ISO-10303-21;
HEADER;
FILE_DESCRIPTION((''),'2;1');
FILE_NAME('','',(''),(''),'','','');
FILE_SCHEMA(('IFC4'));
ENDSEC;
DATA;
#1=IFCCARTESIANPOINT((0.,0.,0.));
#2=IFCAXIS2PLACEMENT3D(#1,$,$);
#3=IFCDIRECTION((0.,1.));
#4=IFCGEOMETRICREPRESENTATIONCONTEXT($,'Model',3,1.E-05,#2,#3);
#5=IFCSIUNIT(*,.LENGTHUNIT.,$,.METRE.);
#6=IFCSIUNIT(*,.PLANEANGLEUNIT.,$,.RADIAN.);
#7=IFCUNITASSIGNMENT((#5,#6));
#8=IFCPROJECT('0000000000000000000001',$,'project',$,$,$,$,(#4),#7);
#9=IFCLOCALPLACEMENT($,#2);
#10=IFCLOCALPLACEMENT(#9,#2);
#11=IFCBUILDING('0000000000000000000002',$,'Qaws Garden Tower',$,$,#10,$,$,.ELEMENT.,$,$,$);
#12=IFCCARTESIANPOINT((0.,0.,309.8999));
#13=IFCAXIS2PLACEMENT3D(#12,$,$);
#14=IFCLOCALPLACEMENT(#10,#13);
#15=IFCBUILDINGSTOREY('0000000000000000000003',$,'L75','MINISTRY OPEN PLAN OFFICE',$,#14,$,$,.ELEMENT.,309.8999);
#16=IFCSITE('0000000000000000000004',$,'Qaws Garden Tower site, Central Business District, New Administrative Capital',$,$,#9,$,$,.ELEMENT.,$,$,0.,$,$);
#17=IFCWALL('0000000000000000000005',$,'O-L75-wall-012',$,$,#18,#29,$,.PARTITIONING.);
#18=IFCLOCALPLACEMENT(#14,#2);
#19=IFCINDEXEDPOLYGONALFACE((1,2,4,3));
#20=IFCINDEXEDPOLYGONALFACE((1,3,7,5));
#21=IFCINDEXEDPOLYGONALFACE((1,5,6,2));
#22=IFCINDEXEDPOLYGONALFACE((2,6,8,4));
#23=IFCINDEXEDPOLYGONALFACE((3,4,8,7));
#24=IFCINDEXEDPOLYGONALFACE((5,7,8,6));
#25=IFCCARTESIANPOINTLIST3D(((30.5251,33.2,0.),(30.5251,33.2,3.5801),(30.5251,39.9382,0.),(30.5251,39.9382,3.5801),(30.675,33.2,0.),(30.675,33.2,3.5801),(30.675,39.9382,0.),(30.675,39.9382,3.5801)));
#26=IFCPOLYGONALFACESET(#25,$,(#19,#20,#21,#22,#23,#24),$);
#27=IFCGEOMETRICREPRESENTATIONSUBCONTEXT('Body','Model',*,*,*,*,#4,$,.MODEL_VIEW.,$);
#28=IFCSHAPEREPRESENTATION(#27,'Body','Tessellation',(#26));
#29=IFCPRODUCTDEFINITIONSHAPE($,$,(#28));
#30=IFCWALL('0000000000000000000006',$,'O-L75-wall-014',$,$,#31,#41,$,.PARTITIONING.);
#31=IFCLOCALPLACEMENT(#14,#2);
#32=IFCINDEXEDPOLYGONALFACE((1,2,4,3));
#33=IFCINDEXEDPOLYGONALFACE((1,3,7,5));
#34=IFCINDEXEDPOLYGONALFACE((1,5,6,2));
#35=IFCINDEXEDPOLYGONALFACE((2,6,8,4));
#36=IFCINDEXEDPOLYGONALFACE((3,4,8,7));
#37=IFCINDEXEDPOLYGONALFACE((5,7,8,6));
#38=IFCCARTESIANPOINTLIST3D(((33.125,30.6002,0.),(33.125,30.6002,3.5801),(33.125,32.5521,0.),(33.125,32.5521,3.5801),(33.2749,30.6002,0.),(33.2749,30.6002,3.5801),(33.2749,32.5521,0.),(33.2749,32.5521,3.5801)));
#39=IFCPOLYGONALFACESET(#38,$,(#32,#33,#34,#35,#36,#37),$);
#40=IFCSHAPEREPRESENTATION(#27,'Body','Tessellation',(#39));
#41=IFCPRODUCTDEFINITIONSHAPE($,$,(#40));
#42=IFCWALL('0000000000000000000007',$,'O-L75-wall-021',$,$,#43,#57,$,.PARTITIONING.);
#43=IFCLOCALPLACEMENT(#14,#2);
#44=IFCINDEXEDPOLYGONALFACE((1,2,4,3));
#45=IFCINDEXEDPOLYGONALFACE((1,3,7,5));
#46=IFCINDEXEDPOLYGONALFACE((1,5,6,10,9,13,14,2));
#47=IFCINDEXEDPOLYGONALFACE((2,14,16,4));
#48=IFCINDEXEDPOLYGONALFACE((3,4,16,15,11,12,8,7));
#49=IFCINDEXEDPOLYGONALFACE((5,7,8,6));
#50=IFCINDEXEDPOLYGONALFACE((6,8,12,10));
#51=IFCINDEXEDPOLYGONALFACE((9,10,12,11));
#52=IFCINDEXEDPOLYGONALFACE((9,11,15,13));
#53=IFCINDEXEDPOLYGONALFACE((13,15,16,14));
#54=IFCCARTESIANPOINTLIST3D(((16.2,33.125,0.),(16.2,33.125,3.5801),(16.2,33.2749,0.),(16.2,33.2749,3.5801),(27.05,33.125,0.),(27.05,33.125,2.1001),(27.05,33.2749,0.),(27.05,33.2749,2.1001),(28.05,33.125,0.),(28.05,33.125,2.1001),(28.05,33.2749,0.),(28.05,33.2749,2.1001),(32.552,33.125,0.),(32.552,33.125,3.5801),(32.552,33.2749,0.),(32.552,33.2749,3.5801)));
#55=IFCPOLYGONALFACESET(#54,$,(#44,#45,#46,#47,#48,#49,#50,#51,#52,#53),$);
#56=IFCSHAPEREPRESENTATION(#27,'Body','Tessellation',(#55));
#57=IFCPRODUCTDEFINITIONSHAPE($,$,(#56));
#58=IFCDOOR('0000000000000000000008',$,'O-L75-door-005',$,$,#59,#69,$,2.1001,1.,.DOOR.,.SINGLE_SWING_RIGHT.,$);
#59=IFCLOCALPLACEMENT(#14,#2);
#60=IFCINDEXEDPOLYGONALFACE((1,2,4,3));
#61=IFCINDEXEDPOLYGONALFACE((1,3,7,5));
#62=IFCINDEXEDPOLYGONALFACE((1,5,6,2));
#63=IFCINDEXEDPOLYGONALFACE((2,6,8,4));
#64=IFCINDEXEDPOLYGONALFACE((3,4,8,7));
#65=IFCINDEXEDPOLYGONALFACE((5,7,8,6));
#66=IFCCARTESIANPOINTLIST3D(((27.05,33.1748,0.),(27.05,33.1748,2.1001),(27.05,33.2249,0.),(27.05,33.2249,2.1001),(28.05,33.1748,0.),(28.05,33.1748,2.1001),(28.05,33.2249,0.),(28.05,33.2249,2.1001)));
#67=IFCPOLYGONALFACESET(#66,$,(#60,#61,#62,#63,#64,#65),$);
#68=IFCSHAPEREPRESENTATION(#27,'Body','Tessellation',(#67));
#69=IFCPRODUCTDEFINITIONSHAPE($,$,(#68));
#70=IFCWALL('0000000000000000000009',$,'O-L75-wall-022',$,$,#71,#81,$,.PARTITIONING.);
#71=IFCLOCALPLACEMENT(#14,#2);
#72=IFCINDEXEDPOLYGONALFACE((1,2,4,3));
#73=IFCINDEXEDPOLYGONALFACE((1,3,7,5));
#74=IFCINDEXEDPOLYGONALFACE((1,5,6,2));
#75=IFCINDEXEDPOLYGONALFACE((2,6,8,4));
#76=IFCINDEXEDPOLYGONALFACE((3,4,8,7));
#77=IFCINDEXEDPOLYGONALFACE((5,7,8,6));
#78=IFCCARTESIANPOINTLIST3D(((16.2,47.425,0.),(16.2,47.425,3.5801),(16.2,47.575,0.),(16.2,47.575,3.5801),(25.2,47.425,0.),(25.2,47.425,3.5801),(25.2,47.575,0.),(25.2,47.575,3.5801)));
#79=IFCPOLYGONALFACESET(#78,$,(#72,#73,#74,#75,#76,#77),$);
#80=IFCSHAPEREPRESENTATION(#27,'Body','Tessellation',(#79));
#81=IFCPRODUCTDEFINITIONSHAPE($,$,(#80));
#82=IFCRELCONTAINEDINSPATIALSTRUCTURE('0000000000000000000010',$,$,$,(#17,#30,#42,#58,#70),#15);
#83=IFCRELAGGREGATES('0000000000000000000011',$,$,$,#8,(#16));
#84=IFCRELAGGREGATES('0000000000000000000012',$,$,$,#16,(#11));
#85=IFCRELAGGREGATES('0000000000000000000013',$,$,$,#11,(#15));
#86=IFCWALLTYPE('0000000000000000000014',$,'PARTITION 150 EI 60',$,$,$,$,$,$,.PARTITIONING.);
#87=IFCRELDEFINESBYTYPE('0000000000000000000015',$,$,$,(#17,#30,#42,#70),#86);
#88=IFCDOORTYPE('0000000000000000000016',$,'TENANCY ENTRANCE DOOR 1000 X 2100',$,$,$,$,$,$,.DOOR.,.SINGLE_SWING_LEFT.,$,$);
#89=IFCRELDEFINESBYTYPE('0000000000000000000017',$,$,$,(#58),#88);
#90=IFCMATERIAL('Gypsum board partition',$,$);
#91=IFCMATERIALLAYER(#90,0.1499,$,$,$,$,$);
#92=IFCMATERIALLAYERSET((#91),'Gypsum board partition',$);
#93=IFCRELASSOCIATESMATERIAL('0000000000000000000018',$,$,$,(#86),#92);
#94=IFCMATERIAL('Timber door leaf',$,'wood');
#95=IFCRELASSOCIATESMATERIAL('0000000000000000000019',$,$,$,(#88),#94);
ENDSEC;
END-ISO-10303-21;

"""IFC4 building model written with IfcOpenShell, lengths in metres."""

from ifc_helpers import new_model, si_unit, direction, frame, frame_2d, origin, place, context, subcontext, project, spatial, rectangle, extrude, material, layer, layer_set, type_object, element, fill, save


model = new_model("IFC4")

# Units and contexts
model_context = context("Model", 3, precision=1e-05, world=origin(), true_north=direction((0.0, 1.0)))
body_context = subcontext(model_context, "Body", "Model", "MODEL_VIEW")
ifc_project = project(units=[si_unit("LENGTHUNIT", "METRE"), si_unit("PLANEANGLEUNIT", "RADIAN")], contexts=[model_context])

# Site, building, storey
site_placement = place(None, origin())
site = spatial("IfcSite", under=ifc_project, at=site_placement, Name="Qaws Garden Tower site, Central Business District, New Administrative Capital", CompositionType="ELEMENT", RefElevation=0.0)
building_placement = place(site_placement, origin())
building = spatial("IfcBuilding", under=site, at=building_placement, Name="Qaws Garden Tower", CompositionType="ELEMENT")
storey_placement = place(building_placement, frame((0.0, 0.0, 309.8999)))
storey = spatial("IfcBuildingStorey", under=building, at=storey_placement, Name="L75", Description="MINISTRY OPEN PLAN OFFICE", CompositionType="ELEMENT", Elevation=309.8999)

# Walls
ifc_material_1 = material(Name="Gypsum board partition")
ifc_layer_1 = layer(ifc_material_1, 0.1499)
ifc_layer_set_1 = layer_set([ifc_layer_1], Name="Gypsum board partition")
wall_type_1 = type_object("IfcWallType", Name="PARTITION 150 EI 60", PredefinedType="PARTITIONING", material=ifc_layer_set_1)
wall_1_placement = place(storey_placement, frame((30.6001, 33.2, 0.0), z_axis=(0.0, 0.0, 1.0), x_axis=(0.0, 1.0, 0.0)))
element("IfcWall", 1, at=wall_1_placement, inside=storey, type_object=wall_type_1, Name="O-L75-wall-012", PredefinedType="PARTITIONING", context=body_context, shape_type="SweptSolid", body=[
    extrude(rectangle(XDim=6.7383, YDim=0.1499, at=frame_2d((3.3691, 0.0))), origin(), (0.0, 0.0, 1.0), 3.5801),
])
wall_2_placement = place(storey_placement, frame((33.2, 30.6001, 0.0), z_axis=(0.0, 0.0, 1.0), x_axis=(0.0, 1.0, 0.0)))
element("IfcWall", 2, at=wall_2_placement, inside=storey, type_object=wall_type_1, Name="O-L75-wall-014", PredefinedType="PARTITIONING", context=body_context, shape_type="SweptSolid", body=[
    extrude(rectangle(XDim=1.9519, YDim=0.1499, at=frame_2d((0.9761, 0.0))), origin(), (0.0, 0.0, 1.0), 3.5801),
])

# Wall, opening, door
wall_3_placement = place(storey_placement, frame((16.2, 33.2, 0.0), z_axis=(0.0, 0.0, 1.0), x_axis=(1.0, 0.0, 0.0)))
wall_3 = element("IfcWall", 3, at=wall_3_placement, inside=storey, type_object=wall_type_1, Name="O-L75-wall-021", PredefinedType="PARTITIONING", context=body_context, shape_type="SweptSolid", body=[
    extrude(rectangle(XDim=16.3521, YDim=0.1499, at=frame_2d((8.176, 0.0))), origin(), (0.0, 0.0, 1.0), 3.5801),
])
opening_1_placement = place(wall_3_placement, frame((10.8501, 0.0, 0.0)))
opening_1 = element("IfcOpeningElement", 4, at=opening_1_placement, cuts=wall_3, PredefinedType="OPENING", context=body_context, shape_type="SweptSolid", body=[
    extrude(rectangle(XDim=1.0, YDim=2.1001, at=frame_2d((0.5, 1.05))), frame((0.0, 0.085, 0.0), z_axis=(0.0, -1.0, 0.0), x_axis=(1.0, 0.0, 0.0)), (0.0, 0.0, 1.0), 0.1699),
])
ifc_material_2 = material(Name="Timber door leaf", Category="wood")
door_type_1 = type_object("IfcDoorType", Name="TENANCY ENTRANCE DOOR 1000 X 2100", OperationType="SINGLE_SWING_LEFT", PredefinedType="DOOR", material=ifc_material_2)
door_1_placement = place(opening_1_placement, origin())
door_1 = element("IfcDoor", 5, at=door_1_placement, inside=storey, type_object=door_type_1, Name="O-L75-door-005", OperationType="SINGLE_SWING_RIGHT", OverallHeight=2.1001, OverallWidth=1.0, PredefinedType="DOOR", context=body_context, shape_type="SweptSolid", body=[
    extrude(rectangle(XDim=1.0, YDim=2.1001, at=frame_2d((0.5, 1.05))), frame((0.0, 0.0249, 0.0), z_axis=(0.0, -1.0, 0.0), x_axis=(1.0, 0.0, 0.0)), (0.0, 0.0, 1.0), 0.05),
])
fill(opening_1, door_1)

# Wall
wall_4_placement = place(storey_placement, frame((16.2, 47.5, 0.0), z_axis=(0.0, 0.0, 1.0), x_axis=(1.0, 0.0, 0.0)))
element("IfcWall", 6, at=wall_4_placement, inside=storey, type_object=wall_type_1, Name="O-L75-wall-022", PredefinedType="PARTITIONING", context=body_context, shape_type="SweptSolid", body=[
    extrude(rectangle(XDim=9.0, YDim=0.1499, at=frame_2d((4.5, 0.0))), origin(), (0.0, 0.0, 1.0), 3.5801),
])

save(model, "model.ifc")
